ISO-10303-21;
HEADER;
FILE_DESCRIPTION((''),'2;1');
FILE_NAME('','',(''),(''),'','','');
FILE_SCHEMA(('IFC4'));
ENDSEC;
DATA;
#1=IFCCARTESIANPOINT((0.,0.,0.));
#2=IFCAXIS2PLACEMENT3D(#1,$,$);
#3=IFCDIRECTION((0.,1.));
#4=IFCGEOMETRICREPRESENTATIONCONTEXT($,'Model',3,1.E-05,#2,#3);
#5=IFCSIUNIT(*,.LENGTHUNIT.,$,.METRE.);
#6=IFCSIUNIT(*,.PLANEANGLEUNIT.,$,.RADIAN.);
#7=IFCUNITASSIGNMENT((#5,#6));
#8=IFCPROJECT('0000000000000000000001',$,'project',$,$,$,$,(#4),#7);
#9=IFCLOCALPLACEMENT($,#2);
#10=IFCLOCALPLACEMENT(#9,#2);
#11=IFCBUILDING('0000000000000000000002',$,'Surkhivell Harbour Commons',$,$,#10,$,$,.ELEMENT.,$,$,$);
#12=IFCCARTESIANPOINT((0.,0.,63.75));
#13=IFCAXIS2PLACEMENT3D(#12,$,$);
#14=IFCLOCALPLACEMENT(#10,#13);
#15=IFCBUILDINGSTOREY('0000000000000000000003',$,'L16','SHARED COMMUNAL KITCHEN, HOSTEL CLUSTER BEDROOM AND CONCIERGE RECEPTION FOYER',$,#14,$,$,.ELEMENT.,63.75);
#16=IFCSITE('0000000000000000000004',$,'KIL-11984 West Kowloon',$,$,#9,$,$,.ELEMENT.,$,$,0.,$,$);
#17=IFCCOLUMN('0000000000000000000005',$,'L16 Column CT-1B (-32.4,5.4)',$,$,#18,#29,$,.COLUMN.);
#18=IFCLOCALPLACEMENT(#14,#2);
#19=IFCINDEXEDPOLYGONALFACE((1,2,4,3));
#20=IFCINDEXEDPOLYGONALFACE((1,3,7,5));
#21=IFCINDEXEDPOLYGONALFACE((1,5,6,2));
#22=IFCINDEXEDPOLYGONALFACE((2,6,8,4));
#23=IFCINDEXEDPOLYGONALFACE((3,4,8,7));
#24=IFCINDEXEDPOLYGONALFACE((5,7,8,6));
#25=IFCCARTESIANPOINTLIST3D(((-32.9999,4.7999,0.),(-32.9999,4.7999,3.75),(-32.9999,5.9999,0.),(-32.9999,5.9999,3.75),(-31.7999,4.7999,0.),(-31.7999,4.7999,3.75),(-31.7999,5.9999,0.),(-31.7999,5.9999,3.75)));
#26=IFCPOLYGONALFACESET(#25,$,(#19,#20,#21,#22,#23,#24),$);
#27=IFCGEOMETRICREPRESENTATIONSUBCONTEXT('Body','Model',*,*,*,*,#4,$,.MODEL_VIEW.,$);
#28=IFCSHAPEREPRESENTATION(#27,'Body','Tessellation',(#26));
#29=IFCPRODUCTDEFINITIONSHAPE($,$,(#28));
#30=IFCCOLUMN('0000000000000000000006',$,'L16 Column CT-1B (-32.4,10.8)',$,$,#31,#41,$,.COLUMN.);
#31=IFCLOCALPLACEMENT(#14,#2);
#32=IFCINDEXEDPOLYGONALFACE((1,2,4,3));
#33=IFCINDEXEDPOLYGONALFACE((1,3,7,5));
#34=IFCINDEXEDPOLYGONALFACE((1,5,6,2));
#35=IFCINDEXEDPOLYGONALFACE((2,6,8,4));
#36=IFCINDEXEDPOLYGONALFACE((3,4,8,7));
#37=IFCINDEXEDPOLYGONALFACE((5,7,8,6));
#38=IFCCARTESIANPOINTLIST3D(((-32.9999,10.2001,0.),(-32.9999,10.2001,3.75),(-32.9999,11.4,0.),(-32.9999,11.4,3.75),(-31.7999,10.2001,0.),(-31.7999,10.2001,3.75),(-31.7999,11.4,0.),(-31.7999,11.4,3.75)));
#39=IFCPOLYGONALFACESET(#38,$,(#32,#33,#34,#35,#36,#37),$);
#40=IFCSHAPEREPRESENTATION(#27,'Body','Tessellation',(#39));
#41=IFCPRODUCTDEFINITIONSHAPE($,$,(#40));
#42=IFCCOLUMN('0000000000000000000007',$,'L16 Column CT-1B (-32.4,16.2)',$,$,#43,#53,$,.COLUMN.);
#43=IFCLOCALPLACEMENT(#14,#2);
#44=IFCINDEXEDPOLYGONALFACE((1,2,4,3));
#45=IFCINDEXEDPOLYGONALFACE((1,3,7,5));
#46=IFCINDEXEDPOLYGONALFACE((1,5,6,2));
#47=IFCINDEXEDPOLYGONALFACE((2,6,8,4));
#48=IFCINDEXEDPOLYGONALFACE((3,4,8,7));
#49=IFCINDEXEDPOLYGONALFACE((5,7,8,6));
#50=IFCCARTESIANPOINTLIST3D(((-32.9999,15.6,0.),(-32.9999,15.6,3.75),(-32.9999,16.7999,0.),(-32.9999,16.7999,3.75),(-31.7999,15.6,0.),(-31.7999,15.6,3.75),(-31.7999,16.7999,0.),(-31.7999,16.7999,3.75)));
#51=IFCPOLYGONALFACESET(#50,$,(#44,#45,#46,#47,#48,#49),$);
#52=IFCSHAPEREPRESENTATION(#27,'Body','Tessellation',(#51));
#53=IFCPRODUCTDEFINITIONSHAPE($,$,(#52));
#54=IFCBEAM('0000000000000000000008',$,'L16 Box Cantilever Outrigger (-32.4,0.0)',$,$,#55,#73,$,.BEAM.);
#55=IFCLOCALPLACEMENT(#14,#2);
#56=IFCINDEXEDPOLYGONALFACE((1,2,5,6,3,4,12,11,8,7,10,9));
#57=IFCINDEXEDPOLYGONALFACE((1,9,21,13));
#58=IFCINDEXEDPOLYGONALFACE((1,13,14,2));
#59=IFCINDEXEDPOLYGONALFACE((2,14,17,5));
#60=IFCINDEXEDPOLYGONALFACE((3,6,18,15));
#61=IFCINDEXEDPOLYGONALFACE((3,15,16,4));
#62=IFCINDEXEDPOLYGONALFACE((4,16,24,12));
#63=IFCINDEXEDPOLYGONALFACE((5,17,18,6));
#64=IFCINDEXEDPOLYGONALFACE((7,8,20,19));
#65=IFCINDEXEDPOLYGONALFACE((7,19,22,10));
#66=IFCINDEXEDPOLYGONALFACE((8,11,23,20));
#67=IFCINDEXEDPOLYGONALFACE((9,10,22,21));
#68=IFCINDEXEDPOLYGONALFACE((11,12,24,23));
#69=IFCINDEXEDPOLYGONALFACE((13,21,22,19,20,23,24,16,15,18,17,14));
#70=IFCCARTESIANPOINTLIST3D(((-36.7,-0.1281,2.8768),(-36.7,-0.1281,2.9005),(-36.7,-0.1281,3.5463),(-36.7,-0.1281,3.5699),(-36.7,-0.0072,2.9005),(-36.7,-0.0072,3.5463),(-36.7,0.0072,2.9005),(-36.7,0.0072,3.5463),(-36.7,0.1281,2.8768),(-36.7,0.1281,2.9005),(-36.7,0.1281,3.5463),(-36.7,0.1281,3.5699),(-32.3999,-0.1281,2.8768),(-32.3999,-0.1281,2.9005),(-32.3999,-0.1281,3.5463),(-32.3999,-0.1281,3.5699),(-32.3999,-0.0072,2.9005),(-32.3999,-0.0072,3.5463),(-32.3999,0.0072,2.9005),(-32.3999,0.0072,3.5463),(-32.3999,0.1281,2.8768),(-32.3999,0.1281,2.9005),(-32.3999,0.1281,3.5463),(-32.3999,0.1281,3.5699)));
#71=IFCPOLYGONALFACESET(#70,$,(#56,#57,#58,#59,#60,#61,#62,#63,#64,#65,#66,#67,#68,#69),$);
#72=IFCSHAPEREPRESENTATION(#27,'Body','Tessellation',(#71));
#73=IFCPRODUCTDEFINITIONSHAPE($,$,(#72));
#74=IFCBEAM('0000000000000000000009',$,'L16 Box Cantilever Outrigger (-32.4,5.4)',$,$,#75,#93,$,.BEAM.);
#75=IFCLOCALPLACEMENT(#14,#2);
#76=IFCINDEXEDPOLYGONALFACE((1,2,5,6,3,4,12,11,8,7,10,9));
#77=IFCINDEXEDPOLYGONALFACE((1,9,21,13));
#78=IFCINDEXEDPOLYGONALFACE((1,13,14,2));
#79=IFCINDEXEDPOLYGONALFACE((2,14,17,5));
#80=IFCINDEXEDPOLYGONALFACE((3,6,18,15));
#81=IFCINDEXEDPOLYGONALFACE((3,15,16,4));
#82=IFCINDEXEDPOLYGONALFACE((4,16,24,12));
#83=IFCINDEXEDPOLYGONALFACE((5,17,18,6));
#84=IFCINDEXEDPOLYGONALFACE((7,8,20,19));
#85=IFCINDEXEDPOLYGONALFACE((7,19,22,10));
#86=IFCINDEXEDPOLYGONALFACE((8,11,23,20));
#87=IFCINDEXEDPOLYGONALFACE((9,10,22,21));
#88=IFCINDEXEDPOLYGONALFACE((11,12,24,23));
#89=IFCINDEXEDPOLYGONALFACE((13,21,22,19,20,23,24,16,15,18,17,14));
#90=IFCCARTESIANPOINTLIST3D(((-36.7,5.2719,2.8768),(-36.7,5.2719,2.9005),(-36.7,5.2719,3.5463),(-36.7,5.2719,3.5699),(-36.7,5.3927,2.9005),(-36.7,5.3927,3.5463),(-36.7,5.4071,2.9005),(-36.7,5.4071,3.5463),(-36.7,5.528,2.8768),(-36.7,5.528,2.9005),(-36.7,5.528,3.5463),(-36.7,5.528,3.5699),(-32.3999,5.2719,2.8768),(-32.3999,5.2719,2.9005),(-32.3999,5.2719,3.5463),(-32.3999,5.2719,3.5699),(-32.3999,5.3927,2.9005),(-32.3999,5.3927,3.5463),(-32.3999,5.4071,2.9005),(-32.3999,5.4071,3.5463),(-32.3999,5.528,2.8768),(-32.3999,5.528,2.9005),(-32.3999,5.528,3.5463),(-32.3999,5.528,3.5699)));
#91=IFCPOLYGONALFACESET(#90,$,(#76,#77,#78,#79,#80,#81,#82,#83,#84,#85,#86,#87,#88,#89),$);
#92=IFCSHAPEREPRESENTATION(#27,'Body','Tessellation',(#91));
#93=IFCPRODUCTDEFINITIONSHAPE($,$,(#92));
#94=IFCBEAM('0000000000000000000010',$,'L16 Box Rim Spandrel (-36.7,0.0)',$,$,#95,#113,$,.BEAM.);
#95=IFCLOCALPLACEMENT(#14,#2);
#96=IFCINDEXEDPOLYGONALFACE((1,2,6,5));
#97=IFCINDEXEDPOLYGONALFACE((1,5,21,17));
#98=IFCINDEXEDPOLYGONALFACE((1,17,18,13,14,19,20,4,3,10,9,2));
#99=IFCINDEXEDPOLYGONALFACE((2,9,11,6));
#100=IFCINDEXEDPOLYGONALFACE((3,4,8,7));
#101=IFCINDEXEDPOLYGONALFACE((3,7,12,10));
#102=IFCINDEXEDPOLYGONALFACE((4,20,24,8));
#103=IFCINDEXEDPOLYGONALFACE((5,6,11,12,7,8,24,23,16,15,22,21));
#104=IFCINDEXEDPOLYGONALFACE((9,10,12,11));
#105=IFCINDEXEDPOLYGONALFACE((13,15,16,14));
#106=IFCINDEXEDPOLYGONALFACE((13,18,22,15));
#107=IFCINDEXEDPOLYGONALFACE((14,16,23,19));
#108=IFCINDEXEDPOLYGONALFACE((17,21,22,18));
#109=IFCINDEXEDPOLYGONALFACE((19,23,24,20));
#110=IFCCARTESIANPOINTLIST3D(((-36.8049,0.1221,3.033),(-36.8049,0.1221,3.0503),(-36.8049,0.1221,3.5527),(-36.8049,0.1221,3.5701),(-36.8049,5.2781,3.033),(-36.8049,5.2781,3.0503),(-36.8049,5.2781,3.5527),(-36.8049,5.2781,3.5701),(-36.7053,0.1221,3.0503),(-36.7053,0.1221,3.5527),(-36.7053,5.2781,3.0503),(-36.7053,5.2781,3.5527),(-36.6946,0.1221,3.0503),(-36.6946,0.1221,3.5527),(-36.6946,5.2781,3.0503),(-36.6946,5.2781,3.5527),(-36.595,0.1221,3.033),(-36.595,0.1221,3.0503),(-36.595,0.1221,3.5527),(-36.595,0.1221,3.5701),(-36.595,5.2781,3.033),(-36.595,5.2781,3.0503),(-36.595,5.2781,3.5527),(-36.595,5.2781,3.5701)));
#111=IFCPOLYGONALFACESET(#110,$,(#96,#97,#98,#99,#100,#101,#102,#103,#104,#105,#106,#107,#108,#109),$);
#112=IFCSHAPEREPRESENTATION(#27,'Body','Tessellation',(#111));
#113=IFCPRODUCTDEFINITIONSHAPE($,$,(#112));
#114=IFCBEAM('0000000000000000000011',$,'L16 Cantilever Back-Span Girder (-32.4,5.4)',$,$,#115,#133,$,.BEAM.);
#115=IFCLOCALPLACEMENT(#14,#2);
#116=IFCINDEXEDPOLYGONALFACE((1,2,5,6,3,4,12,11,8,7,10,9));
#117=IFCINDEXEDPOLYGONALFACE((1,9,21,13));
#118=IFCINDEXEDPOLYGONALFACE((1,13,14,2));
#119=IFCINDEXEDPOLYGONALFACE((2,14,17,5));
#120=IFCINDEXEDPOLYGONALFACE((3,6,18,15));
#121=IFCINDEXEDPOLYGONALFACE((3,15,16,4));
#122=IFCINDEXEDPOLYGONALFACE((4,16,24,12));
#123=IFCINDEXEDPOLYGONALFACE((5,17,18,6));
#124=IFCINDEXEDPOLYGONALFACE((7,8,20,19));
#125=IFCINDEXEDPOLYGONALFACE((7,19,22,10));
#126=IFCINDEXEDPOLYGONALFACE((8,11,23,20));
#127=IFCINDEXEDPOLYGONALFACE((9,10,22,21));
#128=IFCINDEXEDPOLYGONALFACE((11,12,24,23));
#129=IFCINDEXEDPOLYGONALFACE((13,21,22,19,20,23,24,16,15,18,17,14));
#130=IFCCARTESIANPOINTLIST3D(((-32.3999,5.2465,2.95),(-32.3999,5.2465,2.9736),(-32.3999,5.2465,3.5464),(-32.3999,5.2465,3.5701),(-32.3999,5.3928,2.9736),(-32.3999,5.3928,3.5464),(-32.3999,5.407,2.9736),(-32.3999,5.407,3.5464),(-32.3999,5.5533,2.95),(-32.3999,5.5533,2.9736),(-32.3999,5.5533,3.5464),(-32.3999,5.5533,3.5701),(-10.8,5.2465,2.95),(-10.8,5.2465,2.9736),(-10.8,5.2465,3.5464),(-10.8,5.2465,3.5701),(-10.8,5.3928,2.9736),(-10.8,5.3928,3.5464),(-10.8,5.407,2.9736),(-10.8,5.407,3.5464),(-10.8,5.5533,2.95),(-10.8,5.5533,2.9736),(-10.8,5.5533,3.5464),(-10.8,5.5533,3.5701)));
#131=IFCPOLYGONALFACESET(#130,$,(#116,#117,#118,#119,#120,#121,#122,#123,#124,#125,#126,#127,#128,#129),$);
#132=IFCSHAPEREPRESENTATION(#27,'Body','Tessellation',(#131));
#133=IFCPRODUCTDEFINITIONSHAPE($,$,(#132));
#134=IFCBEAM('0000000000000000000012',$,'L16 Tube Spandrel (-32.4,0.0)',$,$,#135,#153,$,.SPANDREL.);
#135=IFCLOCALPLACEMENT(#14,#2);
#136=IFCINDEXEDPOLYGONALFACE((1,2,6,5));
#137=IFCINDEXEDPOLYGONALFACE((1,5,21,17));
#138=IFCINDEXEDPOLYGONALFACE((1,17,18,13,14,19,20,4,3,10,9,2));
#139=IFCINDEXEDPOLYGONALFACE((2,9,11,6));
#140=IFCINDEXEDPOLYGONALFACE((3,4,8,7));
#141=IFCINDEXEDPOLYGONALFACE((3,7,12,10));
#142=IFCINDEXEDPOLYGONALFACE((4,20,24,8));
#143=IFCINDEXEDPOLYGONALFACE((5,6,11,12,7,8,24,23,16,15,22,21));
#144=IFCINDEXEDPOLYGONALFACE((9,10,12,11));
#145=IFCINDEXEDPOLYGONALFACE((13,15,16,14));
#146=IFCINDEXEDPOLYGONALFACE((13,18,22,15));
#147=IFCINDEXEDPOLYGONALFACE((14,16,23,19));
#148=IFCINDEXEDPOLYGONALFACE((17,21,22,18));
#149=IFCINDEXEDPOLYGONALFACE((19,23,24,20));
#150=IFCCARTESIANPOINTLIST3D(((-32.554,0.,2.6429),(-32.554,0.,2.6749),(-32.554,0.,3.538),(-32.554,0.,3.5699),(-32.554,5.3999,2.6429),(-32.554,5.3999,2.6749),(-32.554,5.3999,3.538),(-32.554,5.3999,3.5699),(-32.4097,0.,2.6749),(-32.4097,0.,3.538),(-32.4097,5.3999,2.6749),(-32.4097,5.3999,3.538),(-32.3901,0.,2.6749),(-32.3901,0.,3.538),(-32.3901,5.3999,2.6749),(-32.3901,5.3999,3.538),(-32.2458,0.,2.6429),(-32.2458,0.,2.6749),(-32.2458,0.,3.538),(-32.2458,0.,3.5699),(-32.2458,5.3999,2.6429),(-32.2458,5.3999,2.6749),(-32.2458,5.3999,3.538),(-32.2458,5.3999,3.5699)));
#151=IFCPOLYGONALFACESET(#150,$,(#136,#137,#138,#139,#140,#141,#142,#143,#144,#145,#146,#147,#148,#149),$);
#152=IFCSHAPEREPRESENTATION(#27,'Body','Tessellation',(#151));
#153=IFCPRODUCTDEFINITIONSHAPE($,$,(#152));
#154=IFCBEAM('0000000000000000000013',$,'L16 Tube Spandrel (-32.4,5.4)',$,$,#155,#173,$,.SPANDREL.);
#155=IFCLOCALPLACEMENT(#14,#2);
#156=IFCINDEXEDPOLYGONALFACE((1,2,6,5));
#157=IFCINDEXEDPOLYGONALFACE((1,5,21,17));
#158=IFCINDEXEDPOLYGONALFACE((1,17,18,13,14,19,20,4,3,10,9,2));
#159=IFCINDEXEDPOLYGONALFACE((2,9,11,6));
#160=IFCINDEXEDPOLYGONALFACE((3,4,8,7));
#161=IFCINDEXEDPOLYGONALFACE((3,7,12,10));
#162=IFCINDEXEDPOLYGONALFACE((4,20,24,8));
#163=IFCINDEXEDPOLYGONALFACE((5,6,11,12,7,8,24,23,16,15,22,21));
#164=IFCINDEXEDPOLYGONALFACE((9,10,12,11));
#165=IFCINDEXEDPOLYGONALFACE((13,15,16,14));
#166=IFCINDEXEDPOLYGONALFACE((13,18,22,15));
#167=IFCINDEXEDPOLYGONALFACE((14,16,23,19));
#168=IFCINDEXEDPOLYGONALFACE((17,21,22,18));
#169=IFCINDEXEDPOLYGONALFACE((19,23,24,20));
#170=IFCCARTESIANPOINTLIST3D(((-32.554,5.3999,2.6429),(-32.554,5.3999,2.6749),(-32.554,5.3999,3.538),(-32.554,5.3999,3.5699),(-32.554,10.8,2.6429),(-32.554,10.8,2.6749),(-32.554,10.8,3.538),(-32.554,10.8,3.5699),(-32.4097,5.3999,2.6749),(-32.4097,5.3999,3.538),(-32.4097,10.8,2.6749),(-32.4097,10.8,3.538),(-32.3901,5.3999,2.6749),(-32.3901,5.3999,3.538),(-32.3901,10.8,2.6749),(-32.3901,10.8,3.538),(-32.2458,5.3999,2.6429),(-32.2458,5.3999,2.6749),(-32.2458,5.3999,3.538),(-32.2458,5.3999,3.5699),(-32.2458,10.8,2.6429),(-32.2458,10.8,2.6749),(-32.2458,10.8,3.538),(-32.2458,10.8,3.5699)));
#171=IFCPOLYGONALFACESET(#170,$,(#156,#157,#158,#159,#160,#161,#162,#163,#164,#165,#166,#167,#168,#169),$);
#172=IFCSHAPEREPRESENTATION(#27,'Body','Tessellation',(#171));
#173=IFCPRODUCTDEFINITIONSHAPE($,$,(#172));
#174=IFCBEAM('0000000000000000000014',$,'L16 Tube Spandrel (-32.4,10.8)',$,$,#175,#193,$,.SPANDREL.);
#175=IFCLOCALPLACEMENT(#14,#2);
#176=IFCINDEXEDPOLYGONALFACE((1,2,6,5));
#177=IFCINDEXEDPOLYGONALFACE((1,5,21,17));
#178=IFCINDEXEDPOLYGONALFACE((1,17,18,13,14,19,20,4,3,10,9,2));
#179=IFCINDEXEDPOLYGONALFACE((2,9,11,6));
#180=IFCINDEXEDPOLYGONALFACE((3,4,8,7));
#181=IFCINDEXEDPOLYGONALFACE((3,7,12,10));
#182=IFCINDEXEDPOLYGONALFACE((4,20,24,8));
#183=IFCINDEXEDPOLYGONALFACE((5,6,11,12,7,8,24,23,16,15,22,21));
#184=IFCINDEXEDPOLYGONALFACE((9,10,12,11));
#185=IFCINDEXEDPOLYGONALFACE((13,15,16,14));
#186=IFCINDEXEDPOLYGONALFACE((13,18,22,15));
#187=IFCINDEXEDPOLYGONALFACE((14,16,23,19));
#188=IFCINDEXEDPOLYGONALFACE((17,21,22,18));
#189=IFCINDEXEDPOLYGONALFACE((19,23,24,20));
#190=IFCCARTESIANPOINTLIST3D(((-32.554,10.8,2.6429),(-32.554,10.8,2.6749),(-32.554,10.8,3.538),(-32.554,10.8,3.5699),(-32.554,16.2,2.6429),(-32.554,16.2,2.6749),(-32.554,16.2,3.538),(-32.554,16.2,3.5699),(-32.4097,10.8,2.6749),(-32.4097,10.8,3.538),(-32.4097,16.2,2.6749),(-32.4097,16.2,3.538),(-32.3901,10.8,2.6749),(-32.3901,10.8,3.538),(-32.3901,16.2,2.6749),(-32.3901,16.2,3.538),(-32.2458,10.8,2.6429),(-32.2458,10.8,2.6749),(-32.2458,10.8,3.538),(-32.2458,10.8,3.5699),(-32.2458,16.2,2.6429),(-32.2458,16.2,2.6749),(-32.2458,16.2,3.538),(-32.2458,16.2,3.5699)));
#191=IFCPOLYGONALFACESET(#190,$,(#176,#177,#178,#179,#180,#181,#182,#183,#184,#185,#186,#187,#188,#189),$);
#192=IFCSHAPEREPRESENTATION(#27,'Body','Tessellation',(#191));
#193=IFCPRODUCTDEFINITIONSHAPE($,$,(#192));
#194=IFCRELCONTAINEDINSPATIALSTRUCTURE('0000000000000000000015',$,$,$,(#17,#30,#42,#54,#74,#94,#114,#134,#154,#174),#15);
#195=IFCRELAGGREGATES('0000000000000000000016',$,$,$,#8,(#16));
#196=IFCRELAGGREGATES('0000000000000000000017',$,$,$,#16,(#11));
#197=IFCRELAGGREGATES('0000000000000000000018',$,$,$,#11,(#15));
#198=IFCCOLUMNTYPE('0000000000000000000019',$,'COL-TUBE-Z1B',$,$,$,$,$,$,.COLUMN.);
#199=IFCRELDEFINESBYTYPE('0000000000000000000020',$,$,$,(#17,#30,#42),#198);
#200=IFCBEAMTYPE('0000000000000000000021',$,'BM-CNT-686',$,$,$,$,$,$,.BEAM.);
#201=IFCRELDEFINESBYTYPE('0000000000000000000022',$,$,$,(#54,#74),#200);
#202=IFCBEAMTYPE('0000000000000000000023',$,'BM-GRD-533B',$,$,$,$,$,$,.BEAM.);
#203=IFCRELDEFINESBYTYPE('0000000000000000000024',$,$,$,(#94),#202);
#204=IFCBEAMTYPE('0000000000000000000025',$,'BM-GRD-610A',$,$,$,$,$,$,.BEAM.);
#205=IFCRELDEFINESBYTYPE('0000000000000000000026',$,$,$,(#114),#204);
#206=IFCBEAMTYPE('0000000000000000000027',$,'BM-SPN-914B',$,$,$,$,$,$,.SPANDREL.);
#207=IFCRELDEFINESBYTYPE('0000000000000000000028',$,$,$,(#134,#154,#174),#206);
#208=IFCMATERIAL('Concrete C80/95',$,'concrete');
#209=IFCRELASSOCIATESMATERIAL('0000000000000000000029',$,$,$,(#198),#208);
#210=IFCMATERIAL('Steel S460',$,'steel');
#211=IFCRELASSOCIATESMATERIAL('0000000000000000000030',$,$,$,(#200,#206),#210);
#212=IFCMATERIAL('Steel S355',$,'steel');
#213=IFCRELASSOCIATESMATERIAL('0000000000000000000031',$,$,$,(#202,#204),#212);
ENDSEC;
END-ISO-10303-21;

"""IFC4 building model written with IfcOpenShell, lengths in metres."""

from ifc_helpers import new_model, si_unit, direction, frame, origin, origin_2d, place, context, subcontext, project, spatial, rectangle, i_section, extrude, material, material_profile, profile_set, type_object, element, save


model = new_model("IFC4")

# Units and contexts
model_context = context("Model", 3, precision=1e-05, world=origin(), true_north=direction((0.0, 1.0)))
body_context = subcontext(model_context, "Body", "Model", "MODEL_VIEW")
ifc_project = project(units=[si_unit("LENGTHUNIT", "METRE"), si_unit("PLANEANGLEUNIT", "RADIAN")], contexts=[model_context])

# Site, building, storey
site_placement = place(None, origin())
site = spatial("IfcSite", under=ifc_project, at=site_placement, Name="KIL-11984 West Kowloon", CompositionType="ELEMENT", RefElevation=0.0)
building_placement = place(site_placement, origin())
building = spatial("IfcBuilding", under=site, at=building_placement, Name="Surkhivell Harbour Commons", CompositionType="ELEMENT")
storey_placement = place(building_placement, frame((0.0, 0.0, 63.75)))
storey = spatial("IfcBuildingStorey", under=building, at=storey_placement, Name="L16", Description="SHARED COMMUNAL KITCHEN, HOSTEL CLUSTER BEDROOM AND CONCIERGE RECEPTION FOYER", CompositionType="ELEMENT", Elevation=63.75)

# Columns
ifc_material_1 = material(Name="Concrete C80/95", Category="concrete")
ifc_material_profile_1 = material_profile(ifc_material_1, rectangle(XDim=1.2, YDim=1.2, at=origin_2d()), Name="RC-COL-1200x1200")
ifc_profile_set_1 = profile_set([ifc_material_profile_1], Name="Concrete C80/95")
column_type = type_object("IfcColumnType", Name="COL-TUBE-Z1B", PredefinedType="COLUMN", material=ifc_profile_set_1)
for number, where, z_axis, x_axis, name in (
    (1, (-32.3999, 5.3999, 0.0), (0.0, 0.0, 1.0), (1.0, 0.0, 0.0), "L16 Column CT-1B (-32.4,5.4)"),
    (2, (-32.3999, 10.8, 0.0), (0.0, 0.0, 1.0), (1.0, 0.0, 0.0), "L16 Column CT-1B (-32.4,10.8)"),
    (3, (-32.3999, 16.2, 0.0), (0.0, 0.0, 1.0), (1.0, 0.0, 0.0), "L16 Column CT-1B (-32.4,16.2)"),
):
    element("IfcColumn", number, at=place(storey_placement, frame(where, z_axis=z_axis, x_axis=x_axis)), inside=storey, type_object=column_type, Name=name, PredefinedType="COLUMN", context=body_context, shape_type="SweptSolid", body=[
        extrude(rectangle(XDim=1.2, YDim=1.2, at=origin_2d()), origin(), (0.0, 0.0, 1.0), 3.75),
    ])

# Beams
ifc_material_2 = material(Name="Steel S460", Category="steel")
ifc_material_profile_2 = material_profile(ifc_material_2, i_section(OverallWidth=0.2561, OverallDepth=0.6931, WebThickness=0.0144, FlangeThickness=0.0237, at=origin_2d()), Name="UB686x254x170")
ifc_profile_set_2 = profile_set([ifc_material_profile_2], Name="Steel S460")
beam_type_1 = type_object("IfcBeamType", Name="BM-CNT-686", PredefinedType="BEAM", material=ifc_profile_set_2)
for number, where, z_axis, x_axis, name in (
    (4, (-32.3999, 0.0, 3.2234), (-1.0, 0.0, 0.0), (0.0, -1.0, 0.0), "L16 Box Cantilever Outrigger (-32.4,0.0)"),
    (5, (-32.3999, 5.3999, 3.2234), (-1.0, 0.0, 0.0), (0.0, -1.0, 0.0), "L16 Box Cantilever Outrigger (-32.4,5.4)"),
):
    element("IfcBeam", number, at=place(storey_placement, frame(where, z_axis=z_axis, x_axis=x_axis)), inside=storey, type_object=beam_type_1, Name=name, PredefinedType="BEAM", context=body_context, shape_type="SweptSolid", body=[
        extrude(i_section(OverallWidth=0.2561, OverallDepth=0.6931, WebThickness=0.0144, FlangeThickness=0.0237, at=origin_2d()), origin(), (0.0, 0.0, 1.0), 4.3),
    ])
ifc_material_3 = material(Name="Steel S355", Category="steel")
ifc_material_profile_3 = material_profile(ifc_material_3, i_section(OverallWidth=0.21, OverallDepth=0.5371, WebThickness=0.0107, FlangeThickness=0.0173, at=origin_2d()), Name="UB533x210x101")
ifc_profile_set_3 = profile_set([ifc_material_profile_3], Name="Steel S355")
beam_type_2 = type_object("IfcBeamType", Name="BM-GRD-533B", PredefinedType="BEAM", material=ifc_profile_set_3)
beam_1_placement = place(storey_placement, frame((-36.7, 0.1221, 3.3015), z_axis=(0.0, 1.0, 0.0), x_axis=(-1.0, 0.0, 0.0)))
element("IfcBeam", 6, at=beam_1_placement, inside=storey, type_object=beam_type_2, Name="L16 Box Rim Spandrel (-36.7,0.0)", PredefinedType="BEAM", context=body_context, shape_type="SweptSolid", body=[
    extrude(i_section(OverallWidth=0.21, OverallDepth=0.5371, WebThickness=0.0107, FlangeThickness=0.0173, at=origin_2d()), origin(), (0.0, 0.0, 1.0), 5.156),
])
ifc_material_profile_4 = material_profile(ifc_material_3, i_section(OverallWidth=0.3069, OverallDepth=0.6201, WebThickness=0.0142, FlangeThickness=0.0237, at=origin_2d()), Name="UB610x305x179")
ifc_profile_set_4 = profile_set([ifc_material_profile_4], Name="Steel S355")
beam_type_3 = type_object("IfcBeamType", Name="BM-GRD-610A", PredefinedType="BEAM", material=ifc_profile_set_4)
beam_2_placement = place(storey_placement, frame((-32.3999, 5.3999, 3.26), z_axis=(1.0, 0.0, 0.0), x_axis=(0.0, 1.0, 0.0)))
element("IfcBeam", 7, at=beam_2_placement, inside=storey, type_object=beam_type_3, Name="L16 Cantilever Back-Span Girder (-32.4,5.4)", PredefinedType="BEAM", context=body_context, shape_type="SweptSolid", body=[
    extrude(i_section(OverallWidth=0.3069, OverallDepth=0.6201, WebThickness=0.0142, FlangeThickness=0.0237, at=origin_2d()), origin(), (0.0, 0.0, 1.0), 21.5999),
])
ifc_material_profile_5 = material_profile(ifc_material_2, i_section(OverallWidth=0.3081, OverallDepth=0.927, WebThickness=0.0195, FlangeThickness=0.032, at=origin_2d()), Name="UB914x305x289")
ifc_profile_set_5 = profile_set([ifc_material_profile_5], Name="Steel S460")
beam_type_4 = type_object("IfcBeamType", Name="BM-SPN-914B", PredefinedType="SPANDREL", material=ifc_profile_set_5)
beam_3_placement = place(storey_placement, frame((-32.3999, 0.0, 3.1064), z_axis=(0.0, 1.0, 0.0), x_axis=(-1.0, 0.0, 0.0)))
element("IfcBeam", 8, at=beam_3_placement, inside=storey, type_object=beam_type_4, Name="L16 Tube Spandrel (-32.4,0.0)", PredefinedType="SPANDREL", context=body_context, shape_type="SweptSolid", body=[
    extrude(i_section(OverallWidth=0.3081, OverallDepth=0.927, WebThickness=0.0195, FlangeThickness=0.032, at=origin_2d()), origin(), (0.0, 0.0, 1.0), 5.3999),
])
beam_4_placement = place(storey_placement, frame((-32.3999, 5.3999, 3.1064), z_axis=(0.0, 1.0, 0.0), x_axis=(-1.0, 0.0, 0.0)))
element("IfcBeam", 9, at=beam_4_placement, inside=storey, type_object=beam_type_4, Name="L16 Tube Spandrel (-32.4,5.4)", PredefinedType="SPANDREL", context=body_context, shape_type="SweptSolid", body=[
    extrude(i_section(OverallWidth=0.3081, OverallDepth=0.927, WebThickness=0.0195, FlangeThickness=0.032, at=origin_2d()), origin(), (0.0, 0.0, 1.0), 5.4001),
])
beam_5_placement = place(storey_placement, frame((-32.3999, 10.8, 3.1064), z_axis=(0.0, 1.0, 0.0), x_axis=(-1.0, 0.0, 0.0)))
element("IfcBeam", 10, at=beam_5_placement, inside=storey, type_object=beam_type_4, Name="L16 Tube Spandrel (-32.4,10.8)", PredefinedType="SPANDREL", context=body_context, shape_type="SweptSolid", body=[
    extrude(i_section(OverallWidth=0.3081, OverallDepth=0.927, WebThickness=0.0195, FlangeThickness=0.032, at=origin_2d()), origin(), (0.0, 0.0, 1.0), 5.3999),
])

save(model, "model.ifc")
